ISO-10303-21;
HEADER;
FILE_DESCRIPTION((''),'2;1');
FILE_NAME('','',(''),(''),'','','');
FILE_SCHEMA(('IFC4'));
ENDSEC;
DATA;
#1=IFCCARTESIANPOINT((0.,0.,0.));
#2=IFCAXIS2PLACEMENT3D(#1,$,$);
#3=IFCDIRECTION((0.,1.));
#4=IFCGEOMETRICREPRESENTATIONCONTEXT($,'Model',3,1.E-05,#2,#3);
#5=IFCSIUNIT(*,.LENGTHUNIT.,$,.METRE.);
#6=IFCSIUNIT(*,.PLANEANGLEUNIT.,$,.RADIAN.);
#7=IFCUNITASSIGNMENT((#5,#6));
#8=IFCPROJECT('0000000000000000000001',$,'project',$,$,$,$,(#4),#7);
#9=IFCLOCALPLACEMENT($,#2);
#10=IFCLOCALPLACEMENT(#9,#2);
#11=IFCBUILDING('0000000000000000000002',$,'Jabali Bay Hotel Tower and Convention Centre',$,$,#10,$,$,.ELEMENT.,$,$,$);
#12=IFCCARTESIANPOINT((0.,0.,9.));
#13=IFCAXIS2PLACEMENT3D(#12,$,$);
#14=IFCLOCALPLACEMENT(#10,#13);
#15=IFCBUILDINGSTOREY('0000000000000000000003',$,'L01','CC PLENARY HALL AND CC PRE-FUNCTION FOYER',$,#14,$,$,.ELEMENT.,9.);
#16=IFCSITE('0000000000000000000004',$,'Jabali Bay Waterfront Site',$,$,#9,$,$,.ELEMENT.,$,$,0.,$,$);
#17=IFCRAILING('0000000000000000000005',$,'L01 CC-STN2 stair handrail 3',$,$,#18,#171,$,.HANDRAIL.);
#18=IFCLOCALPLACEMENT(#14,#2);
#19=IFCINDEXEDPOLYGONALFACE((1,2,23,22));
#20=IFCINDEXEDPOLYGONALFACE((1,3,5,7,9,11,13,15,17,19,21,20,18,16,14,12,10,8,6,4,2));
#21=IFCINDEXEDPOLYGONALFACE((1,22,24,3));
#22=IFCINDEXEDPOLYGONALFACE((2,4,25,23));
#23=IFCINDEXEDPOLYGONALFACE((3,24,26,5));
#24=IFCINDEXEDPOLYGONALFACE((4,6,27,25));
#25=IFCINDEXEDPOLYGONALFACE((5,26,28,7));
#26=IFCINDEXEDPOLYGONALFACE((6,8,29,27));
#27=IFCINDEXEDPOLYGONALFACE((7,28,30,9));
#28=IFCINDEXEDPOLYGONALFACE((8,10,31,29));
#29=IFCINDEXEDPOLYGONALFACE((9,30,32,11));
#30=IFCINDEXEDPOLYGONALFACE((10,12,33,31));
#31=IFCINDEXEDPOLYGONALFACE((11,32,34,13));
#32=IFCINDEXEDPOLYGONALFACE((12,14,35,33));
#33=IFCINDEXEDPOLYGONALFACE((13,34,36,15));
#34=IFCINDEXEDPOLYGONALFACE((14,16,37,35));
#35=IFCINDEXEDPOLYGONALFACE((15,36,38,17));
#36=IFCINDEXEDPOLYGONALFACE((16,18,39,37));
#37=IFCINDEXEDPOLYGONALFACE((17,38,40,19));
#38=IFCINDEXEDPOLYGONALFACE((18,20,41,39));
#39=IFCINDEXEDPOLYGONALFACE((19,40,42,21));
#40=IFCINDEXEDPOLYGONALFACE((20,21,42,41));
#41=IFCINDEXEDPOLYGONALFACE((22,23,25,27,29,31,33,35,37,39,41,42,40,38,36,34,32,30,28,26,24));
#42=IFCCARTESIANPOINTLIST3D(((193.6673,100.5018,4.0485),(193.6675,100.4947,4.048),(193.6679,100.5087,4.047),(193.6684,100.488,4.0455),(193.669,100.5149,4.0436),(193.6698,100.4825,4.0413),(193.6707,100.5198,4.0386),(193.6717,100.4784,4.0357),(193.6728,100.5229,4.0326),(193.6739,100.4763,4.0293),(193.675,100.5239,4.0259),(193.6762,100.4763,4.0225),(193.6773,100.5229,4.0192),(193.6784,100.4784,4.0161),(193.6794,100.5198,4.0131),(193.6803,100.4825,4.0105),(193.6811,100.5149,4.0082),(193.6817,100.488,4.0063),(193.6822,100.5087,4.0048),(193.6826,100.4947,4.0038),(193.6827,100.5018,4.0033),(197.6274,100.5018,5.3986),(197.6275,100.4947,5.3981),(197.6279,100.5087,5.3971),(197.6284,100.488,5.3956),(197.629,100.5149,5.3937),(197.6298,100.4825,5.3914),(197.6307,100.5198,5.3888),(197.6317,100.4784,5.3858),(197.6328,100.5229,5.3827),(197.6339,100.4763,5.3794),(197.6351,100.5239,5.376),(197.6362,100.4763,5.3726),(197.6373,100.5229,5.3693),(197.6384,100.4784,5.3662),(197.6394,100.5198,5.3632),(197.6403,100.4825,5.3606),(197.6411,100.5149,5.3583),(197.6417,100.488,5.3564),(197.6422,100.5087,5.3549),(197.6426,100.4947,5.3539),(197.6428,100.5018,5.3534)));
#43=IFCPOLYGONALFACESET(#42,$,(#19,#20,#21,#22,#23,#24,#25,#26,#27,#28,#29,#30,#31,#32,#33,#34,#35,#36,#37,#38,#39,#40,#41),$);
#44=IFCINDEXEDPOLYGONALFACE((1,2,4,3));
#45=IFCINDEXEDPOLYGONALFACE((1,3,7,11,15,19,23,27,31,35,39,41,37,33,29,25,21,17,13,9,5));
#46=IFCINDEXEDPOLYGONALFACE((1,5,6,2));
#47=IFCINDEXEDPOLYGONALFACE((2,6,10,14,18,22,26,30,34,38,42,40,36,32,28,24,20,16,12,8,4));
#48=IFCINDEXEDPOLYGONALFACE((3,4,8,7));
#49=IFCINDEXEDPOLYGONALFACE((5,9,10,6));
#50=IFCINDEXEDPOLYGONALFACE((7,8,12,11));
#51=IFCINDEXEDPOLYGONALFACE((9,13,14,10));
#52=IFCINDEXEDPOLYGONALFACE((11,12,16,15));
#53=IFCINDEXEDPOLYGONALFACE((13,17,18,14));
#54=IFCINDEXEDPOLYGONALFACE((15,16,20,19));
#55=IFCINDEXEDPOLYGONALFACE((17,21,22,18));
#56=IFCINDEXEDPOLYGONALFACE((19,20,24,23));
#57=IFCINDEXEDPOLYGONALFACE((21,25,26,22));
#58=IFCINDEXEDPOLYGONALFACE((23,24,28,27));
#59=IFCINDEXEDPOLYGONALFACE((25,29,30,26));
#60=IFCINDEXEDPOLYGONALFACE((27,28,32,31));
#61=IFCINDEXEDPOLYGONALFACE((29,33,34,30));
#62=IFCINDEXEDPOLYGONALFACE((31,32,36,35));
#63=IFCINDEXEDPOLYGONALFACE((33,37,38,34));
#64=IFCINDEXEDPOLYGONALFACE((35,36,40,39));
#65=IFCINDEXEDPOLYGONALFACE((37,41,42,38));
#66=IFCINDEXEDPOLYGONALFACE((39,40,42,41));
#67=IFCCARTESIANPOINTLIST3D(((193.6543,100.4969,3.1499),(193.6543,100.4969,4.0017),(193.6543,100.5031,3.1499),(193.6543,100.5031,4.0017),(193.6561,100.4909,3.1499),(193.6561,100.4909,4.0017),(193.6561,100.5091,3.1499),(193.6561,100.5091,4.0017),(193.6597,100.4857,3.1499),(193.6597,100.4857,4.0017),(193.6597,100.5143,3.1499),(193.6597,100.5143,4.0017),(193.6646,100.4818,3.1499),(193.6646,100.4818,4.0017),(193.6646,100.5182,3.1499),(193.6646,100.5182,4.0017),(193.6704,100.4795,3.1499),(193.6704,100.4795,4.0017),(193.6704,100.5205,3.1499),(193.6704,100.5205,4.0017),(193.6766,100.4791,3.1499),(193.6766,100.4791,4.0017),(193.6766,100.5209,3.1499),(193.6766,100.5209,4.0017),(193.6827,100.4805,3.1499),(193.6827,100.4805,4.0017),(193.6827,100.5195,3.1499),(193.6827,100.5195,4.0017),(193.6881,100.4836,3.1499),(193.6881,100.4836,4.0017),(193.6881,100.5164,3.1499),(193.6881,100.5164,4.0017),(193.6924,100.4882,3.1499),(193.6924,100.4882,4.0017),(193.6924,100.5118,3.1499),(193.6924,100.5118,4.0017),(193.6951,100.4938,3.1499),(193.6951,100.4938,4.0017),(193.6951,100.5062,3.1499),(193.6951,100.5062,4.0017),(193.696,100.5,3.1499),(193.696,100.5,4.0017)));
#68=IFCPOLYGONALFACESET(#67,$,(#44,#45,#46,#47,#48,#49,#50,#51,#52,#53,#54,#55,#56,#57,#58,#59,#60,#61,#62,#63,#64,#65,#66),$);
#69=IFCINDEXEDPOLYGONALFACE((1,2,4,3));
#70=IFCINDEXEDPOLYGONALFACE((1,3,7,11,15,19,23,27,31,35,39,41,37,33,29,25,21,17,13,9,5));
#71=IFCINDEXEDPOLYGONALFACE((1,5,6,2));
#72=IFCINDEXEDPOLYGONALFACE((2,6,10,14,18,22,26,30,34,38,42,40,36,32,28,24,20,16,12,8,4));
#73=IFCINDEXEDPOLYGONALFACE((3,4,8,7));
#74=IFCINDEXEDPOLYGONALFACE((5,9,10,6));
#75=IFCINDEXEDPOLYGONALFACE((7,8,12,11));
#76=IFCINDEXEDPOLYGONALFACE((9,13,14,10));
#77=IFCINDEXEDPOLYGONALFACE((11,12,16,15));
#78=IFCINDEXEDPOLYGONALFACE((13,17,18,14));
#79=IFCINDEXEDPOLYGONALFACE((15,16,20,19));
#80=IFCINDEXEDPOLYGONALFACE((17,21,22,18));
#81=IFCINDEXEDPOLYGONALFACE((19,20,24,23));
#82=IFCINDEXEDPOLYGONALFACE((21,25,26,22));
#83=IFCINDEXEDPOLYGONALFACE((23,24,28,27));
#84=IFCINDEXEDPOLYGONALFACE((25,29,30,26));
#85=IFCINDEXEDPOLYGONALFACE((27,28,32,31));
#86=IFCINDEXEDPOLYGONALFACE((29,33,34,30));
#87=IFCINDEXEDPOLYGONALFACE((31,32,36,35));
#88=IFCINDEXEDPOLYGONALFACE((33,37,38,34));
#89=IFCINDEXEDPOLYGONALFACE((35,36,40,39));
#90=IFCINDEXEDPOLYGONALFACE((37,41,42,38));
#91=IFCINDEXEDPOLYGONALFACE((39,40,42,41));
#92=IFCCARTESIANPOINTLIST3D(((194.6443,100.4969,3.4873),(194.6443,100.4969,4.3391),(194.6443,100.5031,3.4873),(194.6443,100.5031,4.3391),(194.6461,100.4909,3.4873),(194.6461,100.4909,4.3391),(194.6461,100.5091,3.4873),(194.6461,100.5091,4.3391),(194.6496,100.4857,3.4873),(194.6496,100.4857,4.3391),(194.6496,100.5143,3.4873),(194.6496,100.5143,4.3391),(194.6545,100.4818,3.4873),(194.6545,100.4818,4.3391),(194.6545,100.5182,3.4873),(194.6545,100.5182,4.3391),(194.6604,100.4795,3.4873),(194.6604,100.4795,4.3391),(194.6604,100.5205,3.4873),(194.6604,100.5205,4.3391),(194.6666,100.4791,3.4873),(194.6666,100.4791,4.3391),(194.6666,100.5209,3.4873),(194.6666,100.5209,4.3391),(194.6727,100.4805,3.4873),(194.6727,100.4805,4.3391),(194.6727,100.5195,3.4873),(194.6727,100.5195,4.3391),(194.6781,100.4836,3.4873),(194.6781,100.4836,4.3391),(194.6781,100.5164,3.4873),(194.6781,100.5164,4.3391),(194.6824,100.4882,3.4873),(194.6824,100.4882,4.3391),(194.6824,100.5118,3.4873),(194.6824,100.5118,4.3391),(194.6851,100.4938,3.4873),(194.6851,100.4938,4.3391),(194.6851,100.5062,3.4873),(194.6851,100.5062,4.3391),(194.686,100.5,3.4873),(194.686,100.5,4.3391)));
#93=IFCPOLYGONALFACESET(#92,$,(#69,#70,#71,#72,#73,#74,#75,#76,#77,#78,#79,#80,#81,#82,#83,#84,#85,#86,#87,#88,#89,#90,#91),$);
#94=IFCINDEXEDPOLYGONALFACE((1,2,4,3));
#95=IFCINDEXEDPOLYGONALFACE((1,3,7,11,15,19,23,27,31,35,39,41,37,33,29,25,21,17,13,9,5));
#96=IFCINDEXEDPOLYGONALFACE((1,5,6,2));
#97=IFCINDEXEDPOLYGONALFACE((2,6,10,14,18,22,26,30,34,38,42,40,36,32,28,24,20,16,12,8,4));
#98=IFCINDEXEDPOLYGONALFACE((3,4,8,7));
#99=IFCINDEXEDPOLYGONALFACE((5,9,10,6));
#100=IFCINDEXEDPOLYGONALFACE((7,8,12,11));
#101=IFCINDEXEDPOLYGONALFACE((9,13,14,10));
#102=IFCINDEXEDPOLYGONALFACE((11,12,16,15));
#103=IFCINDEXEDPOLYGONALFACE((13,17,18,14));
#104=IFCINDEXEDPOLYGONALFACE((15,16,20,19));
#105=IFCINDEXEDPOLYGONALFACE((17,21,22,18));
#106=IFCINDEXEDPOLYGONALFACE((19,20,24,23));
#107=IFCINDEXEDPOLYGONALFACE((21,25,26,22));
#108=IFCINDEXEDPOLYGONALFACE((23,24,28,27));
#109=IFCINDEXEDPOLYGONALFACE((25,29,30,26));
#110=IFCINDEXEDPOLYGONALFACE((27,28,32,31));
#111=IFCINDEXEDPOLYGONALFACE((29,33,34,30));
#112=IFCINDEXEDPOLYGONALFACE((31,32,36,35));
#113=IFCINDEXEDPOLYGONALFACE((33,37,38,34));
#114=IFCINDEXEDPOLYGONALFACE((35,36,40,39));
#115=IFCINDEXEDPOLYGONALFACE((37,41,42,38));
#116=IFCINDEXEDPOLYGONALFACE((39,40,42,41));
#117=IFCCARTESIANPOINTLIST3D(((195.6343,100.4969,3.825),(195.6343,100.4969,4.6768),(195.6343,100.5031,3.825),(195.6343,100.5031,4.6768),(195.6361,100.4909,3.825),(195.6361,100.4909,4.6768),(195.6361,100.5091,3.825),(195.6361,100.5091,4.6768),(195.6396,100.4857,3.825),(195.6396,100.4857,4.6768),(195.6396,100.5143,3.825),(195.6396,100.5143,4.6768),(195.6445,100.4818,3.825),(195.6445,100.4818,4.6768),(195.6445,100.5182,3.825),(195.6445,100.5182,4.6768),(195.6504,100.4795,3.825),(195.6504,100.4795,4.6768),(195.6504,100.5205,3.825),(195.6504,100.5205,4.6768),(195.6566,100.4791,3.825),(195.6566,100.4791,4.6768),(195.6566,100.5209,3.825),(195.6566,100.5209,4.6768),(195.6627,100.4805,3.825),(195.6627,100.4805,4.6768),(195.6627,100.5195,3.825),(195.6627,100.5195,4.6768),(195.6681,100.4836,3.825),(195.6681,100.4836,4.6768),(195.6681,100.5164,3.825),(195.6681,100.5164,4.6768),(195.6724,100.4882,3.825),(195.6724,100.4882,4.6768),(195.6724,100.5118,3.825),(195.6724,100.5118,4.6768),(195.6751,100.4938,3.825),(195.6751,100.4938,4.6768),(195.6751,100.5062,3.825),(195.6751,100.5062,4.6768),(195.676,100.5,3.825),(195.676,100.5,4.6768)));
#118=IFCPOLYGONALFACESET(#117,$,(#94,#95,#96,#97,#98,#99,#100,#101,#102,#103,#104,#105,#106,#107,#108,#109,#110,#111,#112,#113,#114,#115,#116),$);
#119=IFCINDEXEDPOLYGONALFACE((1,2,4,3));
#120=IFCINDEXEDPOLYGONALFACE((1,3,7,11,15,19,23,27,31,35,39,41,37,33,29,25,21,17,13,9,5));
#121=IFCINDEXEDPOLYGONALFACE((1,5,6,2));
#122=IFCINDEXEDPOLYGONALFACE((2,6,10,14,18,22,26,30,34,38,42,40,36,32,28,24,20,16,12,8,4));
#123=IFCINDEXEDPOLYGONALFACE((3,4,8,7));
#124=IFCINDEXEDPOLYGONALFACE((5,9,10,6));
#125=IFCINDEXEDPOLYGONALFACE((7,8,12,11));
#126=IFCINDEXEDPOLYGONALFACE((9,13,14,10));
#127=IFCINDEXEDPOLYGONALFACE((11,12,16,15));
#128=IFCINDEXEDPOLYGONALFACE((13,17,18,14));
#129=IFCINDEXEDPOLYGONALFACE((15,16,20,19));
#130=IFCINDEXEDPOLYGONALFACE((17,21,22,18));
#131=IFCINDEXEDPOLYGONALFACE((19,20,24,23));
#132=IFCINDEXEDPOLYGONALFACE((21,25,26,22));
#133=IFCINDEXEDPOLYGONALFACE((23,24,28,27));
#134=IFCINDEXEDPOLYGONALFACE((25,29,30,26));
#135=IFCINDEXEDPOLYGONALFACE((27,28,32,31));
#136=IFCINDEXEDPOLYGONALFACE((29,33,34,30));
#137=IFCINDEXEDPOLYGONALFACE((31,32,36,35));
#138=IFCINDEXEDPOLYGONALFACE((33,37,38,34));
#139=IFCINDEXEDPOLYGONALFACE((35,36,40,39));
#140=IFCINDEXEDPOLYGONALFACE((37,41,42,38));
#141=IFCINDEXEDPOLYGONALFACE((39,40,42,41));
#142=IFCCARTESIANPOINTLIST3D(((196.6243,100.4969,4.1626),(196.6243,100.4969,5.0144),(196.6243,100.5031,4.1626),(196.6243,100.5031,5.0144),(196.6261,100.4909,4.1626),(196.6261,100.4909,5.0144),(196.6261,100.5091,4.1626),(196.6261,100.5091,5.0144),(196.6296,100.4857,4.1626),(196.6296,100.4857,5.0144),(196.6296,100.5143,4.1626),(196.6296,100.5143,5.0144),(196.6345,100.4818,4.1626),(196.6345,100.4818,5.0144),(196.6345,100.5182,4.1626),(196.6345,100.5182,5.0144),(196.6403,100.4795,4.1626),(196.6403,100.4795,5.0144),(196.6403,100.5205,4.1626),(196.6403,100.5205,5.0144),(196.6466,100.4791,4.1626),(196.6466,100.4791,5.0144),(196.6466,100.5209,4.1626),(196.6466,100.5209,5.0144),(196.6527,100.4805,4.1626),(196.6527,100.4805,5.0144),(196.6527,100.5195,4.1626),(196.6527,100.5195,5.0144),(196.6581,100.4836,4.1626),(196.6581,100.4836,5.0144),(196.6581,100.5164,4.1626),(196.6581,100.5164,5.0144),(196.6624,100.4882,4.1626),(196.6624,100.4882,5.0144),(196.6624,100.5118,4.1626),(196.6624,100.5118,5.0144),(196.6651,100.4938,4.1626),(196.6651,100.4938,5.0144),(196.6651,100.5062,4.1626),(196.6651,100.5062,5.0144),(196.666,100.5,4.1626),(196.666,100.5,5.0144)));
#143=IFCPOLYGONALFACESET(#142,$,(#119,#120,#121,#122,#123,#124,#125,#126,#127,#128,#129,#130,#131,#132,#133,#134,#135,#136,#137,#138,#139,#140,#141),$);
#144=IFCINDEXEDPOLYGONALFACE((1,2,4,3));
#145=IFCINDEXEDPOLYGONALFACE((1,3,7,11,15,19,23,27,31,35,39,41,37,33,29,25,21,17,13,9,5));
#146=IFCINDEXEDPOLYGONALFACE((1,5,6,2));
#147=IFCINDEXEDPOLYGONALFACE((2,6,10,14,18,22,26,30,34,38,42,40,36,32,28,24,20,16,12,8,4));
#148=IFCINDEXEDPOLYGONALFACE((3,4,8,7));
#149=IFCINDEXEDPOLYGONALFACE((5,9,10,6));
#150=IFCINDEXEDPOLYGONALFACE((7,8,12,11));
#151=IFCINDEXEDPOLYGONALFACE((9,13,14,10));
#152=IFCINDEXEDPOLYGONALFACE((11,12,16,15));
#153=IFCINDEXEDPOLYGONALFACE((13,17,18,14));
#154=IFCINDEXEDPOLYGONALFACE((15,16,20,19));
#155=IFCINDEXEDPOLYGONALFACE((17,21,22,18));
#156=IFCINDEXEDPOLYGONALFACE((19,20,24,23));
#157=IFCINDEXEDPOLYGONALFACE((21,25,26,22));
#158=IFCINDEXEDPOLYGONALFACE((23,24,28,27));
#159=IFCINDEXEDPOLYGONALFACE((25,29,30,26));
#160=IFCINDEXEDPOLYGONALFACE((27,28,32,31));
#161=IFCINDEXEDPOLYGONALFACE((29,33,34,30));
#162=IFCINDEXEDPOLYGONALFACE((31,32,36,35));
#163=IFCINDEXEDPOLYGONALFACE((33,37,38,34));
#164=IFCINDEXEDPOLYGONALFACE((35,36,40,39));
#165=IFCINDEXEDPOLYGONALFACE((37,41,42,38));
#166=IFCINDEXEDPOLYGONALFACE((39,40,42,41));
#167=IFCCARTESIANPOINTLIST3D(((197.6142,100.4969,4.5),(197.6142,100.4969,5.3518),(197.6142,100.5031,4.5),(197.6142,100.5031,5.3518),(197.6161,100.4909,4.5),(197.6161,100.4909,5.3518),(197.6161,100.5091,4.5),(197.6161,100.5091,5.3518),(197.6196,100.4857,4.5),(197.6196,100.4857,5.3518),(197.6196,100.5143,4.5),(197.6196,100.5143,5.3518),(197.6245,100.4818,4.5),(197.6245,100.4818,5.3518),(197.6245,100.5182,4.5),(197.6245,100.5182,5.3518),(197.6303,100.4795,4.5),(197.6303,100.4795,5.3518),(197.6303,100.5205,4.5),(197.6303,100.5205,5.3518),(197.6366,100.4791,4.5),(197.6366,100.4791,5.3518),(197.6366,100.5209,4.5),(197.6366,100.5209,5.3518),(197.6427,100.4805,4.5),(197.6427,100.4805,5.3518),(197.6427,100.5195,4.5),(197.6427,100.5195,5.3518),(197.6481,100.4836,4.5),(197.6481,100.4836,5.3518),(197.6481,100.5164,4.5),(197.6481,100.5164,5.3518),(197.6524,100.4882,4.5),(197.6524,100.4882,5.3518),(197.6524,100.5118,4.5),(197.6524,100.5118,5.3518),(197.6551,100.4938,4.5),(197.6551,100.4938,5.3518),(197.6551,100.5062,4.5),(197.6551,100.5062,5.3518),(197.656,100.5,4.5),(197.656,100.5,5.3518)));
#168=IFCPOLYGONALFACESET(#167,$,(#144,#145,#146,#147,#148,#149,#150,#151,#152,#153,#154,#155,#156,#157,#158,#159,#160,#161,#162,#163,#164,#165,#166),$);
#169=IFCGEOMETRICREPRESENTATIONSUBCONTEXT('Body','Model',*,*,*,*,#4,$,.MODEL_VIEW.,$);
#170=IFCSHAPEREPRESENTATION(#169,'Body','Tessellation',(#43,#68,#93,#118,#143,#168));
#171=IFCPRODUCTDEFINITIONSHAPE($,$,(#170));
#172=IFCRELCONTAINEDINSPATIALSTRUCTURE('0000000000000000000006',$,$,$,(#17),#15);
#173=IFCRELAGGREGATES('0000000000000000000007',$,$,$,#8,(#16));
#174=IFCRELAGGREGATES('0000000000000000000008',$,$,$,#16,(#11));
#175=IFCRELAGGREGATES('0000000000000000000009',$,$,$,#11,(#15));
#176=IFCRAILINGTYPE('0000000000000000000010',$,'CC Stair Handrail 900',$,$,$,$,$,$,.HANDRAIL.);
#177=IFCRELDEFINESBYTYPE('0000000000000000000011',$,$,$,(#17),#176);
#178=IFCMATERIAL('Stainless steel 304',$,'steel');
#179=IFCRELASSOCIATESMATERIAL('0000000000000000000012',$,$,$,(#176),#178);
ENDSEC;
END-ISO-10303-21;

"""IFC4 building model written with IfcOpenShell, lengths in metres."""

from ifc_helpers import new_model, si_unit, direction, frame, origin, origin_2d, place, context, subcontext, project, spatial, circle, extrude, material, type_object, element, save


model = new_model("IFC4")

# Units and contexts
model_context = context("Model", 3, precision=1e-05, world=origin(), true_north=direction((0.0, 1.0)))
body_context = subcontext(model_context, "Body", "Model", "MODEL_VIEW")
ifc_project = project(units=[si_unit("LENGTHUNIT", "METRE"), si_unit("PLANEANGLEUNIT", "RADIAN")], contexts=[model_context])

# Site, building, storey
site_placement = place(None, origin())
site = spatial("IfcSite", under=ifc_project, at=site_placement, Name="Jabali Bay Waterfront Site", CompositionType="ELEMENT", RefElevation=0.0)
building_placement = place(site_placement, origin())
building = spatial("IfcBuilding", under=site, at=building_placement, Name="Jabali Bay Hotel Tower and Convention Centre", CompositionType="ELEMENT")
storey_placement = place(building_placement, frame((0.0, 0.0, 9.0)))
storey = spatial("IfcBuildingStorey", under=building, at=storey_placement, Name="L01", Description="CC PLENARY HALL AND CC PRE-FUNCTION FOYER", CompositionType="ELEMENT", Elevation=9.0)

# Railing
ifc_material_1 = material(Name="Stainless steel 304", Category="steel")
railing_type = type_object("IfcRailingType", Name="CC Stair Handrail 900", PredefinedType="HANDRAIL", material=ifc_material_1)
for number, where, name in (
    (1, (193.675, 100.5, 3.1499), "L01 CC-STN2 stair handrail 3"),
):
    element("IfcRailing", number, at=place(storey_placement, frame(where)), inside=storey, type_object=railing_type, Name=name, PredefinedType="HANDRAIL", context=body_context, shape_type="SweptSolid", body=[
        extrude(circle(Radius=0.0239, at=origin_2d()), frame((0.0, 0.0, 0.876), z_axis=(0.946502, 0.0, 0.322698), x_axis=(0.0, 1.0, 0.0)), (0.0, 0.0, 1.0), 4.1838),
        extrude(circle(Radius=0.021, at=origin_2d()), origin(), (0.0, 0.0, 1.0), 0.8518),
        extrude(circle(Radius=0.021, at=origin_2d()), frame((0.99, 0.0, 0.3374)), (0.0, 0.0, 1.0), 0.8518),
        extrude(circle(Radius=0.021, at=origin_2d()), frame((1.98, 0.0, 0.675)), (0.0, 0.0, 1.0), 0.8518),
        extrude(circle(Radius=0.021, at=origin_2d()), frame((2.97, 0.0, 1.0127)), (0.0, 0.0, 1.0), 0.8518),
        extrude(circle(Radius=0.021, at=origin_2d()), frame((3.96, 0.0, 1.3501)), (0.0, 0.0, 1.0), 0.8518),
    ])

save(model, "model.ifc")
